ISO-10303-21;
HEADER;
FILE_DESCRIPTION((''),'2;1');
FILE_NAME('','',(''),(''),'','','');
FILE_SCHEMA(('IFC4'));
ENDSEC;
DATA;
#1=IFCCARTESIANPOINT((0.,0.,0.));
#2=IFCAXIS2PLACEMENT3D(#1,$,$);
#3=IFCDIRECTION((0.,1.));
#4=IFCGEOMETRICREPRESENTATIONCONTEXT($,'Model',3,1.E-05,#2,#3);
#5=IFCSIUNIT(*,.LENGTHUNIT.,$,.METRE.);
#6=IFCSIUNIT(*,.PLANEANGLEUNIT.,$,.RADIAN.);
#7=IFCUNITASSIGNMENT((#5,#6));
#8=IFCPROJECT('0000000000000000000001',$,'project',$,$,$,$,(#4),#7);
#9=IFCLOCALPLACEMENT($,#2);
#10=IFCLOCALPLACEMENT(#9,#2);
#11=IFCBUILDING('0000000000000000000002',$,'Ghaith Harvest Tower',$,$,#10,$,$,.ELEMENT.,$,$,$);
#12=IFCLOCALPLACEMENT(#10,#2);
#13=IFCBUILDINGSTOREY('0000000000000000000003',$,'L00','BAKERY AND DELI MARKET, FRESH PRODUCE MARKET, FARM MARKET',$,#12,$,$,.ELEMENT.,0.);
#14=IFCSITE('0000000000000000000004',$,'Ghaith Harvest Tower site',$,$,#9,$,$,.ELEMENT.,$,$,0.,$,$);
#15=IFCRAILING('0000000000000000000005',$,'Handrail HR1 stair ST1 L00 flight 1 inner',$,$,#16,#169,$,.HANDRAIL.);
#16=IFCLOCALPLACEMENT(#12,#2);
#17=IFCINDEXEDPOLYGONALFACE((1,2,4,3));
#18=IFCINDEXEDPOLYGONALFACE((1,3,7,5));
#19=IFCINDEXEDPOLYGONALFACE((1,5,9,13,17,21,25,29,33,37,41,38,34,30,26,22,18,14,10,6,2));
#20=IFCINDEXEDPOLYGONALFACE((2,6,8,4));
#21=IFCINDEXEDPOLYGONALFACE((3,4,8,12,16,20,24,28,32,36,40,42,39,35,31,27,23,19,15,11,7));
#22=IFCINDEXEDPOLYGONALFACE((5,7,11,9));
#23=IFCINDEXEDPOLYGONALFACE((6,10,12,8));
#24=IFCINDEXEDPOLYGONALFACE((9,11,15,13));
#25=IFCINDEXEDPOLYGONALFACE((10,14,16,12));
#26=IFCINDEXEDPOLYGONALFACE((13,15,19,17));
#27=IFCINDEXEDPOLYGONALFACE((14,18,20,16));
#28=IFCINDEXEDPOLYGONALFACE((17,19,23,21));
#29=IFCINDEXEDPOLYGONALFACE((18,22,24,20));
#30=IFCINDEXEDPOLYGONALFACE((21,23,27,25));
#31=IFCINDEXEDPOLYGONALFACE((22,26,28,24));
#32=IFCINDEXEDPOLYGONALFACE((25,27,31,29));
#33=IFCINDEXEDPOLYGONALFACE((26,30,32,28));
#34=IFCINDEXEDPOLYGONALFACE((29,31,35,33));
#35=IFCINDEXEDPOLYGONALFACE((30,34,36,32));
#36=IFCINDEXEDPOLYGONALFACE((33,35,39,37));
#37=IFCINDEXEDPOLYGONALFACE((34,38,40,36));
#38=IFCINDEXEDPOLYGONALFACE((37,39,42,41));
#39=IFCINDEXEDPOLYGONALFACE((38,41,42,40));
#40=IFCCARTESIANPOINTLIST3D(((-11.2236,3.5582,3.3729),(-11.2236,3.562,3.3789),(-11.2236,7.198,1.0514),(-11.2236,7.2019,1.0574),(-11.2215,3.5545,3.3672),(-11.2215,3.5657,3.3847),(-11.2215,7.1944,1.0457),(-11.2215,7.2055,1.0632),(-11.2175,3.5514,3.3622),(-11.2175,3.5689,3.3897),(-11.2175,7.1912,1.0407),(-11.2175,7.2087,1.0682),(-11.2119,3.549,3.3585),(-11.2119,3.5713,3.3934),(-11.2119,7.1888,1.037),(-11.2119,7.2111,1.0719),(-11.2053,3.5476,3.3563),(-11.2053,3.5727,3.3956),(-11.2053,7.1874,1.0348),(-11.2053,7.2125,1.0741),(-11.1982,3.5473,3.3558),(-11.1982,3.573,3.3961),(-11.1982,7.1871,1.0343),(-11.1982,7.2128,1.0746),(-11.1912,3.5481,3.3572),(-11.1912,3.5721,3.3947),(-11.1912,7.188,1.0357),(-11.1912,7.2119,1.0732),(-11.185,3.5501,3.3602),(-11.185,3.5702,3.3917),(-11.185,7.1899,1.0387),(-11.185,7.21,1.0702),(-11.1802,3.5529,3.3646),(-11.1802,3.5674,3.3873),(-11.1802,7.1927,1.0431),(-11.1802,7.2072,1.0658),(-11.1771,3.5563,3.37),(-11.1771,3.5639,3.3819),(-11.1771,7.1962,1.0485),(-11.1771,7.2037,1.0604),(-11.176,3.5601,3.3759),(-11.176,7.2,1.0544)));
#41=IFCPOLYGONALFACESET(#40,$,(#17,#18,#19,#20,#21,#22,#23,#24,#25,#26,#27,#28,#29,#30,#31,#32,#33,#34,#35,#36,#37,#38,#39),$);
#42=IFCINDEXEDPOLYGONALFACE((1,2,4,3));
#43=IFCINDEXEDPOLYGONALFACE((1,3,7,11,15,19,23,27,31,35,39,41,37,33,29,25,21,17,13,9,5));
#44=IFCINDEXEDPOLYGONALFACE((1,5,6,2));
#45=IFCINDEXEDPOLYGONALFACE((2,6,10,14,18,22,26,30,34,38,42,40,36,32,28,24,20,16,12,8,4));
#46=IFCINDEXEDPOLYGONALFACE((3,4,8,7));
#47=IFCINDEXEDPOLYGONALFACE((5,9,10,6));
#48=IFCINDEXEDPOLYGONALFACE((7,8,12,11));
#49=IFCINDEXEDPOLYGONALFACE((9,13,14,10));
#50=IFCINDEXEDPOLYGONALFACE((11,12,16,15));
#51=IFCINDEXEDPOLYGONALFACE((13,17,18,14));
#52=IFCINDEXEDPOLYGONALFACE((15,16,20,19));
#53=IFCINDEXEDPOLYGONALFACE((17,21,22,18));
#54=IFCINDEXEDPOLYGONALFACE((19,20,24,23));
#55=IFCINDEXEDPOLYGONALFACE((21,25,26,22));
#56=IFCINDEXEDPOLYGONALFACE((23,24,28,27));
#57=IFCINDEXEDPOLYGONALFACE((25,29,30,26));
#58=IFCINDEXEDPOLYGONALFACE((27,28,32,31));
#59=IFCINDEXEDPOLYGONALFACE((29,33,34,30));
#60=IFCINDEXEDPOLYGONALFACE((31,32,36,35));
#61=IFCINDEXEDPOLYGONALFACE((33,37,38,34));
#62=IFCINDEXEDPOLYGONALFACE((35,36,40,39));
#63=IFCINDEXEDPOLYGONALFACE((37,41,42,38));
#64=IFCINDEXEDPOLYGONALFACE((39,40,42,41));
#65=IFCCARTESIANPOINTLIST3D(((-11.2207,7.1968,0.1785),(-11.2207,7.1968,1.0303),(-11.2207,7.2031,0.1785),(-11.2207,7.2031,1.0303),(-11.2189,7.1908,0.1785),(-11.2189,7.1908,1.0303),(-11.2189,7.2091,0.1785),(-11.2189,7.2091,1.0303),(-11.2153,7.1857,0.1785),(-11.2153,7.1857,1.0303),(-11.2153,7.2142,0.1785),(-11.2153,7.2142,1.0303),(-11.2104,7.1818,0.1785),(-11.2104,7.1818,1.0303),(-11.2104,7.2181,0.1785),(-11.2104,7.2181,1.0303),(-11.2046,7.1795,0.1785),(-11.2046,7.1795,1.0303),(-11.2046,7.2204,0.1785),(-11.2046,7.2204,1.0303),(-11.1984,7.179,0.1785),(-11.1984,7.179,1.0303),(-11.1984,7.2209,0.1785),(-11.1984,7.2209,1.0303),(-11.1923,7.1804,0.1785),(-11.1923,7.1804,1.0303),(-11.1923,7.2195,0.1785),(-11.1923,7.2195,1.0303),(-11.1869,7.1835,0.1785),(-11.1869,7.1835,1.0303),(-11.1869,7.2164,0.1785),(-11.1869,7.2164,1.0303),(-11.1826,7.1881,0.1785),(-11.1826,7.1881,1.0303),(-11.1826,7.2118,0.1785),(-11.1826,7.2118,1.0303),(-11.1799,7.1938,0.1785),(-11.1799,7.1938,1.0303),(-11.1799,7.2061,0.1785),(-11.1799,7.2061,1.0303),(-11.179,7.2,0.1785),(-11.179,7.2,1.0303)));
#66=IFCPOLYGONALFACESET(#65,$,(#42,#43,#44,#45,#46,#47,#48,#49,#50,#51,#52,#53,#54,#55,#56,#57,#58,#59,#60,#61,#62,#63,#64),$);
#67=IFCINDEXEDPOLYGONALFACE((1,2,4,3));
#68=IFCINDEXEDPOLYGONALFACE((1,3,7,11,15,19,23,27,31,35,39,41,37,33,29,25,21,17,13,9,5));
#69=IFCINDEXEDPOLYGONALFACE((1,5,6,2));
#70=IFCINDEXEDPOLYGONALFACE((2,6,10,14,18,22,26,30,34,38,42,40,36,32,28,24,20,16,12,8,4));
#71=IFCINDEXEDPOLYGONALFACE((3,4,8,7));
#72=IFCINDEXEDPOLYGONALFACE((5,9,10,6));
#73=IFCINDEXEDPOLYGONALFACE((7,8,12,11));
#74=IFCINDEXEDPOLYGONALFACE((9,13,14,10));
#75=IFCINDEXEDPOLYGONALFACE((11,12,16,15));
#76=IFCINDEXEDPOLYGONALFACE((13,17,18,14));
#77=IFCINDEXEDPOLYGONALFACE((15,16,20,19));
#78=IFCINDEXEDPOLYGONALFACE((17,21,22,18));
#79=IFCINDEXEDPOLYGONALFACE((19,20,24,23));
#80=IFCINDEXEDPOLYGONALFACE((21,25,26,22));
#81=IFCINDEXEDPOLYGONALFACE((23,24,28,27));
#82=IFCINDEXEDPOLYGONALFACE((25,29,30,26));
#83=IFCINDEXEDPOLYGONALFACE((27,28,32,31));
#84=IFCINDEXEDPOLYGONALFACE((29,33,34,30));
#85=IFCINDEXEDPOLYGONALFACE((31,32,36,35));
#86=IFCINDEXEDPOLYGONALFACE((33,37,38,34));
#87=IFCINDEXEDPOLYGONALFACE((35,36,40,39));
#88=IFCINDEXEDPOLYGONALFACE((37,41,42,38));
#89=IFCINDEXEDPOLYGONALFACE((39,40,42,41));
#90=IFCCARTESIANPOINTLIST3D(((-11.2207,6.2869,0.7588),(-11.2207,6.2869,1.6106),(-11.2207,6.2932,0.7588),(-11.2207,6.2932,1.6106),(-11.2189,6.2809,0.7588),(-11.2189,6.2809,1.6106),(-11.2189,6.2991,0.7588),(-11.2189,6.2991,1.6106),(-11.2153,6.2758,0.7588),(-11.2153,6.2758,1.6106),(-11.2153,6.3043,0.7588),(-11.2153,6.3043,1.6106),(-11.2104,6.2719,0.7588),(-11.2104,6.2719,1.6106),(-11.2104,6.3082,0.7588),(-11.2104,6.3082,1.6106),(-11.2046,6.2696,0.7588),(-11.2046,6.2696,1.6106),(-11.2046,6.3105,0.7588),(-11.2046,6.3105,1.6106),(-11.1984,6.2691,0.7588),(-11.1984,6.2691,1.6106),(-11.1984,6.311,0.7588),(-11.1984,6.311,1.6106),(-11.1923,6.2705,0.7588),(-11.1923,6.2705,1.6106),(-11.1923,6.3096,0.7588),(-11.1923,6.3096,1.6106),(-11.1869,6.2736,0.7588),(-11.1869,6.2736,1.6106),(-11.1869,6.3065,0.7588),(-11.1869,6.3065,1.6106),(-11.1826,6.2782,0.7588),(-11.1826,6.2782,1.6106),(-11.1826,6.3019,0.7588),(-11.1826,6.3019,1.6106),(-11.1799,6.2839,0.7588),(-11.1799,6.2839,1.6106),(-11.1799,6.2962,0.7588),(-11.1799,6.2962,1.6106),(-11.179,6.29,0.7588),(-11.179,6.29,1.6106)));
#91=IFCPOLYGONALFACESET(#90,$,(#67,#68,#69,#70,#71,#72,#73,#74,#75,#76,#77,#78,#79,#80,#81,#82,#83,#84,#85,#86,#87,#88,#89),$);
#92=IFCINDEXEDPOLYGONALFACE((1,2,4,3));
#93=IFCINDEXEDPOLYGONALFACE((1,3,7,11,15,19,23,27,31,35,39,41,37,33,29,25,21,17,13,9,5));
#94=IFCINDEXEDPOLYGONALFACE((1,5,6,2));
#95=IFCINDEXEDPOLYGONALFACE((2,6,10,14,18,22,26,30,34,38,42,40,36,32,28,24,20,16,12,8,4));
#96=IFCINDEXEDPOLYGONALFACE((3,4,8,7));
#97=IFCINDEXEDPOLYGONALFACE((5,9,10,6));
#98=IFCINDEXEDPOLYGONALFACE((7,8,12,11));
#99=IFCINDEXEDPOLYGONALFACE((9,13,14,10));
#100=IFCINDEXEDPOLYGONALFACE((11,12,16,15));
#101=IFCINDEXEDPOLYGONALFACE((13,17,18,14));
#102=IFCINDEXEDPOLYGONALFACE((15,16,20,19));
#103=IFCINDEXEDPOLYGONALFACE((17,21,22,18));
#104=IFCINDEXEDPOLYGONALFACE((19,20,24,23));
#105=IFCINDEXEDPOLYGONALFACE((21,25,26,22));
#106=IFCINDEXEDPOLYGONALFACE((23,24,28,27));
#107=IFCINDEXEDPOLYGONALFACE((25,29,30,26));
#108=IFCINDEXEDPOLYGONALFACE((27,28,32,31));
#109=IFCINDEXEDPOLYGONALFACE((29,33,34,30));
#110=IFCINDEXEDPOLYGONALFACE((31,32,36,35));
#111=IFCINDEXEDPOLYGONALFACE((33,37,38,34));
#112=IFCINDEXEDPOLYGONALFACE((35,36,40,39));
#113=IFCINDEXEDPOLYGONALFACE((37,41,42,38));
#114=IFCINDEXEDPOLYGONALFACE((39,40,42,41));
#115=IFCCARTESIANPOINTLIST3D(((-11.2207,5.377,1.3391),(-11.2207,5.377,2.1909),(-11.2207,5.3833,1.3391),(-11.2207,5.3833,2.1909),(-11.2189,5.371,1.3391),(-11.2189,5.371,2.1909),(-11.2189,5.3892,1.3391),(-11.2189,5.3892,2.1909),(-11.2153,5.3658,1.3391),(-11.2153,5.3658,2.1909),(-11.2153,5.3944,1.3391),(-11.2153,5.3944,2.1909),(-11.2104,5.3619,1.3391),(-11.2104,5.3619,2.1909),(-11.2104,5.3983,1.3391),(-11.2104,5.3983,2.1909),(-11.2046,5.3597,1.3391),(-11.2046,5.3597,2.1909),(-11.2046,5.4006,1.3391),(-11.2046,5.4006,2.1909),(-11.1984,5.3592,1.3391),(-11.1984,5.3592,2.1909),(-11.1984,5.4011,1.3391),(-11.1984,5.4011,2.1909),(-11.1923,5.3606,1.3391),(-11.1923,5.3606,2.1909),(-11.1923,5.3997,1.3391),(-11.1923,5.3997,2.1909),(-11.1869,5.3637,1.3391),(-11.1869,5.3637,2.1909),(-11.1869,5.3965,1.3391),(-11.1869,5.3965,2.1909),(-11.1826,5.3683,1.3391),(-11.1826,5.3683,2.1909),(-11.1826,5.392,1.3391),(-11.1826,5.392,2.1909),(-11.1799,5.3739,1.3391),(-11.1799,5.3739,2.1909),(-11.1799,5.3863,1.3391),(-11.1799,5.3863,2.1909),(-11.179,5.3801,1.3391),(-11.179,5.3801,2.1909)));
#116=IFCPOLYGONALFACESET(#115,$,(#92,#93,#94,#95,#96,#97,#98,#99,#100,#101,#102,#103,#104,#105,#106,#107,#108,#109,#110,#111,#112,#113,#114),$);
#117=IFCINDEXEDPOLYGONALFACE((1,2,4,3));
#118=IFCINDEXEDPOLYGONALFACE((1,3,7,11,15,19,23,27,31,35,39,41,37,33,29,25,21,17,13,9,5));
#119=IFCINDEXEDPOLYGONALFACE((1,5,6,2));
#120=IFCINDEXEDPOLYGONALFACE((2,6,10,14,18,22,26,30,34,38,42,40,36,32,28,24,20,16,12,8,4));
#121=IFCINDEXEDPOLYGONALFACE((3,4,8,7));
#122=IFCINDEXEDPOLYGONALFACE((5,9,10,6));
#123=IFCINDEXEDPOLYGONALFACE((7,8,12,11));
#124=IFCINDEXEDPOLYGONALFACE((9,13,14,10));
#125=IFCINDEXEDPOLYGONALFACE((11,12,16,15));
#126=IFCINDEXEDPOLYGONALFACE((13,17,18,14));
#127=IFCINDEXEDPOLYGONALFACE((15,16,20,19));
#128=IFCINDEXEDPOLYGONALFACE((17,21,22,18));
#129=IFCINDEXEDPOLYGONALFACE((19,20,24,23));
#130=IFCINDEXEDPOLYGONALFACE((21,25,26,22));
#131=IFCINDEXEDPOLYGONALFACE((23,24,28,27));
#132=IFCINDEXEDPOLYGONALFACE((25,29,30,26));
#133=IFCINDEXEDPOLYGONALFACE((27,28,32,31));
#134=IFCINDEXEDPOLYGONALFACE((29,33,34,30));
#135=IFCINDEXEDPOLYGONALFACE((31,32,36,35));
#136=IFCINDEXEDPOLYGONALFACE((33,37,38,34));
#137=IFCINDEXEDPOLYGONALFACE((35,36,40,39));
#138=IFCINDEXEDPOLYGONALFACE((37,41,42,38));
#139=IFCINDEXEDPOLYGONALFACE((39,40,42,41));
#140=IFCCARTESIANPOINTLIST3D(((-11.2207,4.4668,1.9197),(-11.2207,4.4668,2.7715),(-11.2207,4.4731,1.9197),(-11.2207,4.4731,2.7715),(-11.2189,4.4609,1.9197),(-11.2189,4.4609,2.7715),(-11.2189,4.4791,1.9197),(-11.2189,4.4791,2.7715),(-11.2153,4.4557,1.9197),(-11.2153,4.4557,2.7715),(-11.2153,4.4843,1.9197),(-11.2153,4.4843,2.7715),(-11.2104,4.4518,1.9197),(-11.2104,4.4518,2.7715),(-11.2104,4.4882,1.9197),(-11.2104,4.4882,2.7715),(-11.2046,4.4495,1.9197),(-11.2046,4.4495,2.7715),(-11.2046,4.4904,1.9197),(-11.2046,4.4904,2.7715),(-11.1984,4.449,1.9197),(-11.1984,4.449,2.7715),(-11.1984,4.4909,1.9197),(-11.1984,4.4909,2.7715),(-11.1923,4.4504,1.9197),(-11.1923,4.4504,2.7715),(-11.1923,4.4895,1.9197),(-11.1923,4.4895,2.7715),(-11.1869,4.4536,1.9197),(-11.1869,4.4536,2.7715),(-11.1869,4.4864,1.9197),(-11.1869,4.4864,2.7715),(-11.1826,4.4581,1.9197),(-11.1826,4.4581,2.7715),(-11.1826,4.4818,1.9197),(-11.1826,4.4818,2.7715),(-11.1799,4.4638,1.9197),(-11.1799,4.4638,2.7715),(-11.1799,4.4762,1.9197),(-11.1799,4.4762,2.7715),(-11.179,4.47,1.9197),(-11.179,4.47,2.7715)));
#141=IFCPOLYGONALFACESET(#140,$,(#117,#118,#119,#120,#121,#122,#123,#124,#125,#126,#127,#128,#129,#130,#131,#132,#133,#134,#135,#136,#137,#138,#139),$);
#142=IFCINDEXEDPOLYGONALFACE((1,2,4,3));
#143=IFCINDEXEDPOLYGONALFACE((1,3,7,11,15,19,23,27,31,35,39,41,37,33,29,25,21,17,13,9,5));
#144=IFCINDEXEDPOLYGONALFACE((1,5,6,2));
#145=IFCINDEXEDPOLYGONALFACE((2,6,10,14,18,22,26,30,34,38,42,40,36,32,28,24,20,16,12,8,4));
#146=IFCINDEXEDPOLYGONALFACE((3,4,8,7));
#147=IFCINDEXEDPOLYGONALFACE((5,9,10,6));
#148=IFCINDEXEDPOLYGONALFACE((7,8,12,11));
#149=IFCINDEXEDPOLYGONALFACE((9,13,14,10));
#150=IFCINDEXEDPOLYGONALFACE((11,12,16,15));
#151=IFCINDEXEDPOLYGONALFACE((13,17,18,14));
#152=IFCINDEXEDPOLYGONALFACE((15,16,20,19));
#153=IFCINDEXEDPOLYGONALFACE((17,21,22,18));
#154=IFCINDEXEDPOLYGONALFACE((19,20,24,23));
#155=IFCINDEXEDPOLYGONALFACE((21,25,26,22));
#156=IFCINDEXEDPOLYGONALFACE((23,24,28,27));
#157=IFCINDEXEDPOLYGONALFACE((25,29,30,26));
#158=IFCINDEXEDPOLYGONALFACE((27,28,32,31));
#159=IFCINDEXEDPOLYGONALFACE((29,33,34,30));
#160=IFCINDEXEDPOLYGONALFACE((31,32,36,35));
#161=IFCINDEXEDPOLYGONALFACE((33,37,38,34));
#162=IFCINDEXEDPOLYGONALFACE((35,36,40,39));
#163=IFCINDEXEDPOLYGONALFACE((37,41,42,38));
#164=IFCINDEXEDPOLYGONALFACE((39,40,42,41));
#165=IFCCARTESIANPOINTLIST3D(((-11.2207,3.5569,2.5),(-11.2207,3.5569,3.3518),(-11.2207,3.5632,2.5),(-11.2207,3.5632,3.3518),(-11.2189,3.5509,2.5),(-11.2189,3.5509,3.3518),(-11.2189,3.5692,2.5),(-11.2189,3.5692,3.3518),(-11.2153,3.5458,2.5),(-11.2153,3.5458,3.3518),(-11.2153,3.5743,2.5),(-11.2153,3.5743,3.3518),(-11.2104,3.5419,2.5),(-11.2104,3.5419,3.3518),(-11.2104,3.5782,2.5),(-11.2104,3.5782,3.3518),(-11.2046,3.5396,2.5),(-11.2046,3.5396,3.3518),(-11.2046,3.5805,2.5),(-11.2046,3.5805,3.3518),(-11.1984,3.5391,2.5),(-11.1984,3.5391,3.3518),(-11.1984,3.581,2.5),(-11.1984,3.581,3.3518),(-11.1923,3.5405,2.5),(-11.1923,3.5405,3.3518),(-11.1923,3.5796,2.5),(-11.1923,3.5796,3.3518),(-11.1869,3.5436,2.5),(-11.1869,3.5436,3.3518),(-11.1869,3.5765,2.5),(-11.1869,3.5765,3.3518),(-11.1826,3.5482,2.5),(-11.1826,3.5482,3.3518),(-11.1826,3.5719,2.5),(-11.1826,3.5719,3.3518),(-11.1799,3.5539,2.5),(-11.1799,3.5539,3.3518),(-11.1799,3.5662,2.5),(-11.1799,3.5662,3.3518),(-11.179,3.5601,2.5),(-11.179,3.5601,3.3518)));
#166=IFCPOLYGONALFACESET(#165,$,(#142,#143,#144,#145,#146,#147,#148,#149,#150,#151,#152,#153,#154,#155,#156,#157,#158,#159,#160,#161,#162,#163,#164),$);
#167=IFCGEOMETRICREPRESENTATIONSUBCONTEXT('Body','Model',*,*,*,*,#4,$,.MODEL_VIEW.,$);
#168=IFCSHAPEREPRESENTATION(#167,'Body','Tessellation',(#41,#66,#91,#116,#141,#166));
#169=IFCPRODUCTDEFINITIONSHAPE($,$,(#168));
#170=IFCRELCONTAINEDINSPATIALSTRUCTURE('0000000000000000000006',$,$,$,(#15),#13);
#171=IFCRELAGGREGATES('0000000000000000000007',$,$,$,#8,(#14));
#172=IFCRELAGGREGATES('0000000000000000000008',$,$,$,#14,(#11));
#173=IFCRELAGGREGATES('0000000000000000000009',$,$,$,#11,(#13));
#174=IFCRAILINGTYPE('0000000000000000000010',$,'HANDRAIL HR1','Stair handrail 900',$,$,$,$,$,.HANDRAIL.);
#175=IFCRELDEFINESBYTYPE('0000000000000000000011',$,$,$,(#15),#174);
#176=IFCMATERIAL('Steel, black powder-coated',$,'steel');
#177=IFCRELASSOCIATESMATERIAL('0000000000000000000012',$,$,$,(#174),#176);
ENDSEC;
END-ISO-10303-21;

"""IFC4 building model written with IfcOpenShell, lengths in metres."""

from ifc_helpers import new_model, si_unit, direction, frame, origin, origin_2d, place, context, subcontext, project, spatial, circle, extrude, material, type_object, element, save


model = new_model("IFC4")

# Units and contexts
model_context = context("Model", 3, precision=1e-05, world=origin(), true_north=direction((0.0, 1.0)))
body_context = subcontext(model_context, "Body", "Model", "MODEL_VIEW")
ifc_project = project(units=[si_unit("LENGTHUNIT", "METRE"), si_unit("PLANEANGLEUNIT", "RADIAN")], contexts=[model_context])

# Site, building, storey
site_placement = place(None, origin())
site = spatial("IfcSite", under=ifc_project, at=site_placement, Name="Ghaith Harvest Tower site", CompositionType="ELEMENT", RefElevation=0.0)
building_placement = place(site_placement, origin())
building = spatial("IfcBuilding", under=site, at=building_placement, Name="Ghaith Harvest Tower", CompositionType="ELEMENT")
storey_placement = place(building_placement, origin())
storey = spatial("IfcBuildingStorey", under=building, at=storey_placement, Name="L00", Description="BAKERY AND DELI MARKET, FRESH PRODUCE MARKET, FARM MARKET", CompositionType="ELEMENT", Elevation=0.0)

# Railing
ifc_material_1 = material(Name="Steel, black powder-coated", Category="steel")
railing_type = type_object("IfcRailingType", Name="HANDRAIL HR1", Description="Stair handrail 900", PredefinedType="HANDRAIL", material=ifc_material_1)
railing_1_placement = place(storey_placement, frame((-11.2, 7.2, 0.1785)))
element("IfcRailing", 1, at=railing_1_placement, inside=storey, type_object=railing_type, Name="Handrail HR1 stair ST1 L00 flight 1 inner", PredefinedType="HANDRAIL", context=body_context, shape_type="SweptSolid", body=[
    extrude(circle(Radius=0.0239, at=origin_2d()), frame((0.0, 0.0, 0.876), z_axis=(0.0, -0.843112, 0.537739), x_axis=(1.0, 0.0, 0.0)), (0.0, 0.0, 1.0), 4.3171),
    extrude(circle(Radius=0.021, at=origin_2d()), origin(), (0.0, 0.0, 1.0), 0.8518),
    extrude(circle(Radius=0.021, at=origin_2d()), frame((0.0, -0.9099, 0.5803)), (0.0, 0.0, 1.0), 0.8518),
    extrude(circle(Radius=0.021, at=origin_2d()), frame((0.0, -1.8198, 1.1606)), (0.0, 0.0, 1.0), 0.8518),
    extrude(circle(Radius=0.021, at=origin_2d()), frame((0.0, -2.73, 1.7412)), (0.0, 0.0, 1.0), 0.8518),
    extrude(circle(Radius=0.021, at=origin_2d()), frame((0.0, -3.6399, 2.3215)), (0.0, 0.0, 1.0), 0.8518),
])

save(model, "model.ifc")
